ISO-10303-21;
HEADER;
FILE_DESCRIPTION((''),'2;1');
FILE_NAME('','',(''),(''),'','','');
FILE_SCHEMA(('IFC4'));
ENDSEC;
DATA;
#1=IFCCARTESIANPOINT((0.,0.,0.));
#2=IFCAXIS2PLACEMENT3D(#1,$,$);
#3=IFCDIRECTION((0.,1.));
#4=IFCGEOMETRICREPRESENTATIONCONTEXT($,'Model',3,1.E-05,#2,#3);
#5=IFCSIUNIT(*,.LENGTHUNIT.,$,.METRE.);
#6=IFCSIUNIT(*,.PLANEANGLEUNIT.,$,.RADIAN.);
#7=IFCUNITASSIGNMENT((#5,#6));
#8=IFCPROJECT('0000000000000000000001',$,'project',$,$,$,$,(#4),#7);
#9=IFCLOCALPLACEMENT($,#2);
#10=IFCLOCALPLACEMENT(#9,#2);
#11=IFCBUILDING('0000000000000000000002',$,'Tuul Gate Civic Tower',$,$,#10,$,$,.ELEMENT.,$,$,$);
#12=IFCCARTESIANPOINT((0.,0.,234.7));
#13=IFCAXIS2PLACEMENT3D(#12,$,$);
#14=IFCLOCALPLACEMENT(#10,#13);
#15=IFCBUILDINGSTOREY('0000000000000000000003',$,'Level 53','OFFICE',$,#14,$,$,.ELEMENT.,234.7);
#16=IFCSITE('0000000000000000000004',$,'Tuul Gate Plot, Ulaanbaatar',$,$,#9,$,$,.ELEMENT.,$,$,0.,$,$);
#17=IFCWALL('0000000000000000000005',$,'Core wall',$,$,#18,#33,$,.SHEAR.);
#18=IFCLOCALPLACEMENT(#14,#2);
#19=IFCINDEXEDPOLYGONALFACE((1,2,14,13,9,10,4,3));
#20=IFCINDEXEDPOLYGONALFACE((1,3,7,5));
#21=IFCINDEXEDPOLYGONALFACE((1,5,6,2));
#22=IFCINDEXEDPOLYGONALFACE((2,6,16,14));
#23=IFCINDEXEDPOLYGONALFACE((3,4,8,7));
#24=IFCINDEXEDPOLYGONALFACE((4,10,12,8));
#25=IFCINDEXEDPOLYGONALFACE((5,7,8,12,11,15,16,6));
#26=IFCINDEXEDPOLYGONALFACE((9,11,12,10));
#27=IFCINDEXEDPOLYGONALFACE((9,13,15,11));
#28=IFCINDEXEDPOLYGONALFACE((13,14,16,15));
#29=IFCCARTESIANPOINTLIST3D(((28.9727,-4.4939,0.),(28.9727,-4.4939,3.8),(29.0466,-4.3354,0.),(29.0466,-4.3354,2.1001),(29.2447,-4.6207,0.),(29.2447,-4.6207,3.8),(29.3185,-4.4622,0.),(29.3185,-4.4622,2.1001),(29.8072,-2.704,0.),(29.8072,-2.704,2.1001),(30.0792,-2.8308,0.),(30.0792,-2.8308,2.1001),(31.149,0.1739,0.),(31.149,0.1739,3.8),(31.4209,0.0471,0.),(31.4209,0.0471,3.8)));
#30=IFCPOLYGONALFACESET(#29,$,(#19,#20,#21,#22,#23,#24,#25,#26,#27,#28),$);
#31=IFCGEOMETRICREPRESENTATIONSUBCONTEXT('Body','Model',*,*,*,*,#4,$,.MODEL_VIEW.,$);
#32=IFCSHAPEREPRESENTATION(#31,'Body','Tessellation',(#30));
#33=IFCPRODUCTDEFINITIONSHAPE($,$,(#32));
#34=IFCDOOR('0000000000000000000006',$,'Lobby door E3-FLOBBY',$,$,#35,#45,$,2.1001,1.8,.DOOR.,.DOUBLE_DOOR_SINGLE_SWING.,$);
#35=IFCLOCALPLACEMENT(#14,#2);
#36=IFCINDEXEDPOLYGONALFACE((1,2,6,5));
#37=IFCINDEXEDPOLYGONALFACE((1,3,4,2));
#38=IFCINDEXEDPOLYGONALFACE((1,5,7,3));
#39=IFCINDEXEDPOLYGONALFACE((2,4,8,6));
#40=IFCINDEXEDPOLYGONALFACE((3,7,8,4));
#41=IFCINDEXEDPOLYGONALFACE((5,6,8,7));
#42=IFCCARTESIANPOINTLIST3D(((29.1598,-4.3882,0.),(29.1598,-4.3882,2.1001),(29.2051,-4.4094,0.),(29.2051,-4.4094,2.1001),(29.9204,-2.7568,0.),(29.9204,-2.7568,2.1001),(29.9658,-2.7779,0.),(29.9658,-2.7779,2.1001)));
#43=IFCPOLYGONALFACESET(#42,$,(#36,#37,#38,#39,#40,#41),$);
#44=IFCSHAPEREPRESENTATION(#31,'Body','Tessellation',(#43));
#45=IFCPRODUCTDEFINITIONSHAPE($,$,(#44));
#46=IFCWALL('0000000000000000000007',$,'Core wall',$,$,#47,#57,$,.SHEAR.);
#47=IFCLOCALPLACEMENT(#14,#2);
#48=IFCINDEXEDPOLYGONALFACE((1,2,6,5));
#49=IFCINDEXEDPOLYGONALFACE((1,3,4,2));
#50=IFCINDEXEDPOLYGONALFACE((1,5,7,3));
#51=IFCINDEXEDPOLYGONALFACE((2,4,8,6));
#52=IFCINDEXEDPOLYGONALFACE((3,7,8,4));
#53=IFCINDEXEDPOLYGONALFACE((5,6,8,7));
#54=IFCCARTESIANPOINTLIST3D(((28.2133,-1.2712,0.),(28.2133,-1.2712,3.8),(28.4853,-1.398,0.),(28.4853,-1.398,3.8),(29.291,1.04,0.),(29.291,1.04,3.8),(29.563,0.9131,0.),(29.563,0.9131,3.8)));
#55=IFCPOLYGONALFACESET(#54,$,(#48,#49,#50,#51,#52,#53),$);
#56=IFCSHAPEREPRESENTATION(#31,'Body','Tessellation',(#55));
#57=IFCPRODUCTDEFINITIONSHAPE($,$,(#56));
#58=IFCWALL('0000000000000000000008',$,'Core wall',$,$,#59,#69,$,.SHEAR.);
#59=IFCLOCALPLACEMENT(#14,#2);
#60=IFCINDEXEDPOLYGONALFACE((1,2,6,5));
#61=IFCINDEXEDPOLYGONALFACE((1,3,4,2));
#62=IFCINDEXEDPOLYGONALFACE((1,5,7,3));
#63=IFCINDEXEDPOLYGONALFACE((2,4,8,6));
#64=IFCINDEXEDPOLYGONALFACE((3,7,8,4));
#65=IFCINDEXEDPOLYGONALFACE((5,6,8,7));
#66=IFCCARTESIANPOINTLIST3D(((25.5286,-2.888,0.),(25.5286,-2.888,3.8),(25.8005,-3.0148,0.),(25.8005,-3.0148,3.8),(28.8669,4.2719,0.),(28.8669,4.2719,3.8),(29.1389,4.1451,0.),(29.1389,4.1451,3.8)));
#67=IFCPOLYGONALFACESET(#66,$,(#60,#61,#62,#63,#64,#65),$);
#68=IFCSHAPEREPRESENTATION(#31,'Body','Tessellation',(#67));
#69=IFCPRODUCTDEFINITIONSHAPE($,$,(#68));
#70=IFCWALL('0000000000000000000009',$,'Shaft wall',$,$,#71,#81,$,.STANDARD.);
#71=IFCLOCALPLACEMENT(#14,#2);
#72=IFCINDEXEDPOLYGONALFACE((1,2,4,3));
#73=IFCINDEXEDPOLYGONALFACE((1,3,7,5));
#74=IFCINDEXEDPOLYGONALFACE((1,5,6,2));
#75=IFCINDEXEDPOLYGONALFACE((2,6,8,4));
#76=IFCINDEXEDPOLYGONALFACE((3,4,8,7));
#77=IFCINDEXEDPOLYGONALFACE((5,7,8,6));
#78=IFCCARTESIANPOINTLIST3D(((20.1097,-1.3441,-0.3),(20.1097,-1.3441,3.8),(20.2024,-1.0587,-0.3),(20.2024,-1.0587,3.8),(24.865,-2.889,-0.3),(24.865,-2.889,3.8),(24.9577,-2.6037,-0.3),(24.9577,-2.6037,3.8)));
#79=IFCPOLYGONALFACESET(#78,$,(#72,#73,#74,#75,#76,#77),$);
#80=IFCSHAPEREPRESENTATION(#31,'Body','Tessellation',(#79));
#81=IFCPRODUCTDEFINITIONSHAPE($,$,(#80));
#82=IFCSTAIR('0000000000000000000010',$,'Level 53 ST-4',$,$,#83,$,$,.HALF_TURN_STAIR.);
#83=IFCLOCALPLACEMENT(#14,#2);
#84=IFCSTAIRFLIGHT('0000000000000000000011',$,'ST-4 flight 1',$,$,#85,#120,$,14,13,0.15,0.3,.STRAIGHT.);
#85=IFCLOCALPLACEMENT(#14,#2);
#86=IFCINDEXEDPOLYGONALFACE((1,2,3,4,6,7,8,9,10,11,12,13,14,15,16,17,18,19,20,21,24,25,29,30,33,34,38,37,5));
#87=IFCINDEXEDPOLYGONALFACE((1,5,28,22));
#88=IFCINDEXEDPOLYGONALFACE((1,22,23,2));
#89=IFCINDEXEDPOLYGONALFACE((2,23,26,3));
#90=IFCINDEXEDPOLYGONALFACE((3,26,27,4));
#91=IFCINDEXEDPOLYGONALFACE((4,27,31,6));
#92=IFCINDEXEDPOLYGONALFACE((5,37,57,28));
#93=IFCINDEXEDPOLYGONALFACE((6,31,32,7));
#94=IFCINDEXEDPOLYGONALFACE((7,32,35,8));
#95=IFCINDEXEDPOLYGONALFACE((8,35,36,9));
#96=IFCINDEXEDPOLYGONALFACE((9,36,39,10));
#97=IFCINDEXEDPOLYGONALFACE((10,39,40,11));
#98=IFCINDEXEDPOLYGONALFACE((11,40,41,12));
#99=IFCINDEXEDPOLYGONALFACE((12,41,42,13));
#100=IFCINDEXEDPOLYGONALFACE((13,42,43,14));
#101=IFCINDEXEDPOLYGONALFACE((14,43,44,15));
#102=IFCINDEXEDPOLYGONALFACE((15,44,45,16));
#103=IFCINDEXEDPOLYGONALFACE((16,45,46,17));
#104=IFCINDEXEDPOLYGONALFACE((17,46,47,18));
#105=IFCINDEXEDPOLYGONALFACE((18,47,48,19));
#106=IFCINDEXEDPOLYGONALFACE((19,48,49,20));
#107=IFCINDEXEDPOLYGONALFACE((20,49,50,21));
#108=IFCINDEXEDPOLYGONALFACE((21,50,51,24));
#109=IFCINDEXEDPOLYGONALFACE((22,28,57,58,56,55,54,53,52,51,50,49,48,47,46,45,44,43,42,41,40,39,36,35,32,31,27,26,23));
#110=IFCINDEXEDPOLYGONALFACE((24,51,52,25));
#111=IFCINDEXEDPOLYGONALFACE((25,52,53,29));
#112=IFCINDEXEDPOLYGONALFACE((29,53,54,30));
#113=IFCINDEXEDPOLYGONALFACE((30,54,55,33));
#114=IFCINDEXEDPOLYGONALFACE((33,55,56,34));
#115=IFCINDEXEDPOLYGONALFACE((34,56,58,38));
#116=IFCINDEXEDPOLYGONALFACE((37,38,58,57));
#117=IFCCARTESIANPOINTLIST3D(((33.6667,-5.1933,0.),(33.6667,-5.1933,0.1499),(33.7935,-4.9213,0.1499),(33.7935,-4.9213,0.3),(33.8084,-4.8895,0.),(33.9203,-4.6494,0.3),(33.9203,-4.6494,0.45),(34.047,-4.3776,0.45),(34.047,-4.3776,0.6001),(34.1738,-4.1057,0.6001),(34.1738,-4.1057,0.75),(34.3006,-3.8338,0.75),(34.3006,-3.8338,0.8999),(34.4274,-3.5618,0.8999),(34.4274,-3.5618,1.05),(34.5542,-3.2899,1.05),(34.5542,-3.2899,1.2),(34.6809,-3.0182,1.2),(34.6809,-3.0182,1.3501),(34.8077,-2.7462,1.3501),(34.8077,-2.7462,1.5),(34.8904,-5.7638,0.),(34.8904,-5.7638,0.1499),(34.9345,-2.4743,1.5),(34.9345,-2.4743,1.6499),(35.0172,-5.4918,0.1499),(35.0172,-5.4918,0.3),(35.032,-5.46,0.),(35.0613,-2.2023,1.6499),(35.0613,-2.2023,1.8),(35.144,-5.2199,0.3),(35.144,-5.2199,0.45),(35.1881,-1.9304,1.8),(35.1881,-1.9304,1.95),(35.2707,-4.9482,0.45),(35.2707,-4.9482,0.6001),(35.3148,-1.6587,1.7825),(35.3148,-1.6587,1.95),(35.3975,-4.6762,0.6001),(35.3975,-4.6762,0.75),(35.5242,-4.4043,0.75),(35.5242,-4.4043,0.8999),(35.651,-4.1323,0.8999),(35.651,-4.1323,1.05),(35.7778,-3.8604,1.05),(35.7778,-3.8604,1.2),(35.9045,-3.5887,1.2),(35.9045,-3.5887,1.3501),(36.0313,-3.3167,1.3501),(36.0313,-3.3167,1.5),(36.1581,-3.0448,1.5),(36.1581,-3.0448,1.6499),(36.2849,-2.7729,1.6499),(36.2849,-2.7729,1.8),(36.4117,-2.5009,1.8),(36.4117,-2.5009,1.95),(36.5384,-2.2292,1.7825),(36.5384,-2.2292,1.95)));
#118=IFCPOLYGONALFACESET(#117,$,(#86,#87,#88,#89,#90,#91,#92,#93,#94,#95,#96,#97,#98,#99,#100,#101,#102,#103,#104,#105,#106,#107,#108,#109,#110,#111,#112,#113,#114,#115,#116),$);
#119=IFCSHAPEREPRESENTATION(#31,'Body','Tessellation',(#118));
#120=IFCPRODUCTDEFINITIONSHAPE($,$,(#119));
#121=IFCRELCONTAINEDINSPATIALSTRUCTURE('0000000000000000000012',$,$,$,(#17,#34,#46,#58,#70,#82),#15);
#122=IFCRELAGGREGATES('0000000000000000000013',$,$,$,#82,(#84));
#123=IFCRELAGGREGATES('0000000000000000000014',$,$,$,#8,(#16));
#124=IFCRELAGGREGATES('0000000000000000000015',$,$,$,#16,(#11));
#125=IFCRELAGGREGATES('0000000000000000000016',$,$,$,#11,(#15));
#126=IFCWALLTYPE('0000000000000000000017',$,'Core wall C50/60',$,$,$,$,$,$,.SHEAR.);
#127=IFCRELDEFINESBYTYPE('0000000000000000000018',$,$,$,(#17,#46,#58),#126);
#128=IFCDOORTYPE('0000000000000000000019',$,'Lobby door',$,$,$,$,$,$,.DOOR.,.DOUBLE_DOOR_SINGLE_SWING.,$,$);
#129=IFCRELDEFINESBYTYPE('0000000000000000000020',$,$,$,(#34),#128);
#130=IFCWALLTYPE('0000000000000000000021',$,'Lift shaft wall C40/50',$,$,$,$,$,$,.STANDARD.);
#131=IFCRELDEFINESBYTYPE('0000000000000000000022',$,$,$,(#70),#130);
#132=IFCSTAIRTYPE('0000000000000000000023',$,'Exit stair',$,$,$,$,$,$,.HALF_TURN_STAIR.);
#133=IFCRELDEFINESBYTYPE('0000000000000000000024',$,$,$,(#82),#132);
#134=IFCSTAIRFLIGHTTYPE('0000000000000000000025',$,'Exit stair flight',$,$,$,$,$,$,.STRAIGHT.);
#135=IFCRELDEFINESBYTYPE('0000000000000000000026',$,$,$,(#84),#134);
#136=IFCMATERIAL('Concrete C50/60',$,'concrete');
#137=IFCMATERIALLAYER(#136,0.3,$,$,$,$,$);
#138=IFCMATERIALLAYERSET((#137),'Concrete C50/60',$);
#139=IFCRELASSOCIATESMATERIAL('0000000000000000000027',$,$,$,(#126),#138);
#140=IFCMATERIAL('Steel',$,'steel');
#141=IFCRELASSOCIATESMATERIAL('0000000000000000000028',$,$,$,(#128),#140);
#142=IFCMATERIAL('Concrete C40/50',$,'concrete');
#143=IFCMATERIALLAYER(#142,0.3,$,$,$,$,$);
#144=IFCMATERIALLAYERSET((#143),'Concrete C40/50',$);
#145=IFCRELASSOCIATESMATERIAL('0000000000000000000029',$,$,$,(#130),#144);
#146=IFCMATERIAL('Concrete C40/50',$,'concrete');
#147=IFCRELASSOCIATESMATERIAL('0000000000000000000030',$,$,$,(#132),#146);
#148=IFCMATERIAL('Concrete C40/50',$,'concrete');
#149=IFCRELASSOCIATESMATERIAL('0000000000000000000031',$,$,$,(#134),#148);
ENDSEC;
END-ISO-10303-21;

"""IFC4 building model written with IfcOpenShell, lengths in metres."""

from ifc_helpers import new_model, si_unit, direction, frame, frame_2d, origin, place, context, subcontext, project, spatial, polyline, rectangle, outline, extrude, material, layer, layer_set, type_object, element, fill, aggregate, save


model = new_model("IFC4")

# Units and contexts
model_context = context("Model", 3, precision=1e-05, world=origin(), true_north=direction((0.0, 1.0)))
body_context = subcontext(model_context, "Body", "Model", "MODEL_VIEW")
ifc_project = project(units=[si_unit("LENGTHUNIT", "METRE"), si_unit("PLANEANGLEUNIT", "RADIAN")], contexts=[model_context])

# Site, building, storey
site_placement = place(None, origin())
site = spatial("IfcSite", under=ifc_project, at=site_placement, Name="Tuul Gate Plot, Ulaanbaatar", CompositionType="ELEMENT", RefElevation=0.0)
building_placement = place(site_placement, origin())
building = spatial("IfcBuilding", under=site, at=building_placement, Name="Tuul Gate Civic Tower", CompositionType="ELEMENT")
storey_placement = place(building_placement, frame((0.0, 0.0, 234.7)))
storey = spatial("IfcBuildingStorey", under=building, at=storey_placement, Name="Level 53", Description="OFFICE", CompositionType="ELEMENT", Elevation=234.7)

# Shared definitions
ifc_material_1 = material(Name="Concrete C50/60", Category="concrete")
ifc_layer_1 = layer(ifc_material_1, 0.3)
ifc_layer_set_1 = layer_set([ifc_layer_1], Name="Concrete C50/60")
wall_type_1 = type_object("IfcWallType", Name="Core wall C50/60", PredefinedType="SHEAR", material=ifc_layer_set_1)
ifc_material_2 = material(Name="Steel", Category="steel")
door_type_1 = type_object("IfcDoorType", Name="Lobby door", OperationType="DOUBLE_DOOR_SINGLE_SWING", PredefinedType="DOOR", material=ifc_material_2)

# Wall, opening, door
wall_1_placement = place(storey_placement, frame((29.1086, -4.5574, 0.0), z_axis=(0.0, 0.0, 1.0), x_axis=(0.422566, 0.906332, 0.0)))
wall_1 = element("IfcWall", 1, at=wall_1_placement, inside=storey, type_object=wall_type_1, Name="Core wall", PredefinedType="SHEAR", context=body_context, shape_type="SweptSolid", body=[
    extrude(rectangle(XDim=5.1501, YDim=0.3, at=frame_2d((2.5752, 0.0))), origin(), (0.0, 0.0, 1.0), 3.8),
])
opening_1_placement = place(wall_1_placement, frame((0.175, 0.0, 0.0)))
opening_1 = element("IfcOpeningElement", 2, at=opening_1_placement, cuts=wall_1, PredefinedType="OPENING", context=body_context, shape_type="SweptSolid", body=[
    extrude(rectangle(XDim=1.8, YDim=2.1001, at=frame_2d((0.8999, 1.05))), frame((0.0, 0.1602, 0.0), z_axis=(0.0, -1.0, 0.0), x_axis=(1.0, 0.0, 0.0)), (0.0, 0.0, 1.0), 0.3201),
])
door_1_placement = place(opening_1_placement, frame((1.8, 0.0, 0.0), z_axis=(0.0, 0.0, 1.0), x_axis=(-1.0, 0.0, 0.0)))
door_1 = element("IfcDoor", 3, at=door_1_placement, inside=storey, type_object=door_type_1, Name="Lobby door E3-FLOBBY", OperationType="DOUBLE_DOOR_SINGLE_SWING", OverallHeight=2.1001, OverallWidth=1.8, PredefinedType="DOOR", context=body_context, shape_type="SweptSolid", body=[
    extrude(rectangle(XDim=1.8, YDim=2.1001, at=frame_2d((0.9001, 1.05))), frame((0.0, 0.0249, 0.0), z_axis=(0.0, -1.0, 0.0), x_axis=(1.0, 0.0, 0.0)), (0.0, 0.0, 1.0), 0.05),
])
fill(opening_1, door_1)

# Walls
wall_2_placement = place(storey_placement, frame((28.3494, -1.3345, 0.0), z_axis=(0.0, 0.0, 1.0), x_axis=(0.422613, 0.90631, 0.0)))
element("IfcWall", 4, at=wall_2_placement, inside=storey, type_object=wall_type_1, Name="Core wall", PredefinedType="SHEAR", context=body_context, shape_type="SweptSolid", body=[
    extrude(rectangle(XDim=2.55, YDim=0.3, at=frame_2d((1.2749, 0.0))), origin(), (0.0, 0.0, 1.0), 3.8),
])
wall_3_placement = place(storey_placement, frame((25.6646, -2.9514, 0.0), z_axis=(0.0, 0.0, 1.0), x_axis=(0.422583, 0.906324, 0.0)))
element("IfcWall", 5, at=wall_3_placement, inside=storey, type_object=wall_type_1, Name="Core wall", PredefinedType="SHEAR", context=body_context, shape_type="SweptSolid", body=[
    extrude(rectangle(XDim=7.8999, YDim=0.3, at=frame_2d((3.95, 0.0))), origin(), (0.0, 0.0, 1.0), 3.8),
])
ifc_material_3 = material(Name="Concrete C40/50", Category="concrete")
ifc_layer_2 = layer(ifc_material_3, 0.3)
ifc_layer_set_2 = layer_set([ifc_layer_2], Name="Concrete C40/50")
wall_type_2 = type_object("IfcWallType", Name="Lift shaft wall C40/50", PredefinedType="STANDARD", material=ifc_layer_set_2)
wall_4_placement = place(storey_placement, frame((24.9114, -2.7463, -0.3), z_axis=(0.0, 0.0, 1.0), x_axis=(-0.951068, 0.308982, 0.0)))
element("IfcWall", 6, at=wall_4_placement, inside=storey, type_object=wall_type_2, Name="Shaft wall", PredefinedType="STANDARD", context=body_context, shape_type="SweptSolid", body=[
    extrude(rectangle(XDim=5.0, YDim=0.3, at=frame_2d((2.5, 0.0))), origin(), (0.0, 0.0, 1.0), 4.1001),
])

# Stair, stair flight
ifc_material_4 = material(Name="Concrete C40/50", Category="concrete")
stair_type = type_object("IfcStairType", Name="Exit stair", PredefinedType="HALF_TURN_STAIR", material=ifc_material_4)
stair_placement = place(storey_placement, origin())
stair = element("IfcStair", 7, at=stair_placement, inside=storey, type_object=stair_type, Name="Level 53 ST-4", PredefinedType="HALF_TURN_STAIR")
ifc_material_5 = material(Name="Concrete C40/50", Category="concrete")
stair_flight_type = type_object("IfcStairFlightType", Name="Exit stair flight", PredefinedType="STRAIGHT", material=ifc_material_5)
stair_flight_placement = place(storey_placement, frame((34.2786, -5.4785, 0.0), z_axis=(0.0, 0.0, 1.0), x_axis=(0.422576, 0.906327, 0.0)))
stair_flight = element("IfcStairFlight", 8, at=stair_flight_placement, type_object=stair_flight_type, Name="ST-4 flight 1", NumberOfRisers=14, NumberOfTreads=13, PredefinedType="STRAIGHT", RiserHeight=0.15, TreadLength=0.3, context=body_context, shape_type="SweptSolid", body=[
    extrude(outline(polyline([(0.0, 0.0), (0.0, 0.1499), (0.3, 0.1499), (0.3, 0.3), (0.6001, 0.3), (0.6001, 0.45), (0.8999, 0.45), (0.8999, 0.6001), (1.2, 0.6001), (1.2, 0.75), (1.5, 0.75), (1.5, 0.8999), (1.8, 0.8999), (1.8, 1.05), (2.1001, 1.05), (2.1001, 1.2), (2.3999, 1.2), (2.3999, 1.3501), (2.7, 1.3501), (2.7, 1.5), (3.0, 1.5), (3.0, 1.6499), (3.3, 1.6499), (3.3, 1.8), (3.6001, 1.8), (3.6001, 1.95), (3.8999, 1.95), (3.8999, 2.1001), (3.8999, 1.7825), (0.3352, 0.0), (0.0, 0.0)])), frame((0.0, 0.675, 0.0), z_axis=(0.0, -1.0, 0.0), x_axis=(1.0, 0.0, 0.0)), (0.0, 0.0, 1.0), 1.3501),
])
aggregate(stair, [stair_flight])

save(model, "model.ifc")
